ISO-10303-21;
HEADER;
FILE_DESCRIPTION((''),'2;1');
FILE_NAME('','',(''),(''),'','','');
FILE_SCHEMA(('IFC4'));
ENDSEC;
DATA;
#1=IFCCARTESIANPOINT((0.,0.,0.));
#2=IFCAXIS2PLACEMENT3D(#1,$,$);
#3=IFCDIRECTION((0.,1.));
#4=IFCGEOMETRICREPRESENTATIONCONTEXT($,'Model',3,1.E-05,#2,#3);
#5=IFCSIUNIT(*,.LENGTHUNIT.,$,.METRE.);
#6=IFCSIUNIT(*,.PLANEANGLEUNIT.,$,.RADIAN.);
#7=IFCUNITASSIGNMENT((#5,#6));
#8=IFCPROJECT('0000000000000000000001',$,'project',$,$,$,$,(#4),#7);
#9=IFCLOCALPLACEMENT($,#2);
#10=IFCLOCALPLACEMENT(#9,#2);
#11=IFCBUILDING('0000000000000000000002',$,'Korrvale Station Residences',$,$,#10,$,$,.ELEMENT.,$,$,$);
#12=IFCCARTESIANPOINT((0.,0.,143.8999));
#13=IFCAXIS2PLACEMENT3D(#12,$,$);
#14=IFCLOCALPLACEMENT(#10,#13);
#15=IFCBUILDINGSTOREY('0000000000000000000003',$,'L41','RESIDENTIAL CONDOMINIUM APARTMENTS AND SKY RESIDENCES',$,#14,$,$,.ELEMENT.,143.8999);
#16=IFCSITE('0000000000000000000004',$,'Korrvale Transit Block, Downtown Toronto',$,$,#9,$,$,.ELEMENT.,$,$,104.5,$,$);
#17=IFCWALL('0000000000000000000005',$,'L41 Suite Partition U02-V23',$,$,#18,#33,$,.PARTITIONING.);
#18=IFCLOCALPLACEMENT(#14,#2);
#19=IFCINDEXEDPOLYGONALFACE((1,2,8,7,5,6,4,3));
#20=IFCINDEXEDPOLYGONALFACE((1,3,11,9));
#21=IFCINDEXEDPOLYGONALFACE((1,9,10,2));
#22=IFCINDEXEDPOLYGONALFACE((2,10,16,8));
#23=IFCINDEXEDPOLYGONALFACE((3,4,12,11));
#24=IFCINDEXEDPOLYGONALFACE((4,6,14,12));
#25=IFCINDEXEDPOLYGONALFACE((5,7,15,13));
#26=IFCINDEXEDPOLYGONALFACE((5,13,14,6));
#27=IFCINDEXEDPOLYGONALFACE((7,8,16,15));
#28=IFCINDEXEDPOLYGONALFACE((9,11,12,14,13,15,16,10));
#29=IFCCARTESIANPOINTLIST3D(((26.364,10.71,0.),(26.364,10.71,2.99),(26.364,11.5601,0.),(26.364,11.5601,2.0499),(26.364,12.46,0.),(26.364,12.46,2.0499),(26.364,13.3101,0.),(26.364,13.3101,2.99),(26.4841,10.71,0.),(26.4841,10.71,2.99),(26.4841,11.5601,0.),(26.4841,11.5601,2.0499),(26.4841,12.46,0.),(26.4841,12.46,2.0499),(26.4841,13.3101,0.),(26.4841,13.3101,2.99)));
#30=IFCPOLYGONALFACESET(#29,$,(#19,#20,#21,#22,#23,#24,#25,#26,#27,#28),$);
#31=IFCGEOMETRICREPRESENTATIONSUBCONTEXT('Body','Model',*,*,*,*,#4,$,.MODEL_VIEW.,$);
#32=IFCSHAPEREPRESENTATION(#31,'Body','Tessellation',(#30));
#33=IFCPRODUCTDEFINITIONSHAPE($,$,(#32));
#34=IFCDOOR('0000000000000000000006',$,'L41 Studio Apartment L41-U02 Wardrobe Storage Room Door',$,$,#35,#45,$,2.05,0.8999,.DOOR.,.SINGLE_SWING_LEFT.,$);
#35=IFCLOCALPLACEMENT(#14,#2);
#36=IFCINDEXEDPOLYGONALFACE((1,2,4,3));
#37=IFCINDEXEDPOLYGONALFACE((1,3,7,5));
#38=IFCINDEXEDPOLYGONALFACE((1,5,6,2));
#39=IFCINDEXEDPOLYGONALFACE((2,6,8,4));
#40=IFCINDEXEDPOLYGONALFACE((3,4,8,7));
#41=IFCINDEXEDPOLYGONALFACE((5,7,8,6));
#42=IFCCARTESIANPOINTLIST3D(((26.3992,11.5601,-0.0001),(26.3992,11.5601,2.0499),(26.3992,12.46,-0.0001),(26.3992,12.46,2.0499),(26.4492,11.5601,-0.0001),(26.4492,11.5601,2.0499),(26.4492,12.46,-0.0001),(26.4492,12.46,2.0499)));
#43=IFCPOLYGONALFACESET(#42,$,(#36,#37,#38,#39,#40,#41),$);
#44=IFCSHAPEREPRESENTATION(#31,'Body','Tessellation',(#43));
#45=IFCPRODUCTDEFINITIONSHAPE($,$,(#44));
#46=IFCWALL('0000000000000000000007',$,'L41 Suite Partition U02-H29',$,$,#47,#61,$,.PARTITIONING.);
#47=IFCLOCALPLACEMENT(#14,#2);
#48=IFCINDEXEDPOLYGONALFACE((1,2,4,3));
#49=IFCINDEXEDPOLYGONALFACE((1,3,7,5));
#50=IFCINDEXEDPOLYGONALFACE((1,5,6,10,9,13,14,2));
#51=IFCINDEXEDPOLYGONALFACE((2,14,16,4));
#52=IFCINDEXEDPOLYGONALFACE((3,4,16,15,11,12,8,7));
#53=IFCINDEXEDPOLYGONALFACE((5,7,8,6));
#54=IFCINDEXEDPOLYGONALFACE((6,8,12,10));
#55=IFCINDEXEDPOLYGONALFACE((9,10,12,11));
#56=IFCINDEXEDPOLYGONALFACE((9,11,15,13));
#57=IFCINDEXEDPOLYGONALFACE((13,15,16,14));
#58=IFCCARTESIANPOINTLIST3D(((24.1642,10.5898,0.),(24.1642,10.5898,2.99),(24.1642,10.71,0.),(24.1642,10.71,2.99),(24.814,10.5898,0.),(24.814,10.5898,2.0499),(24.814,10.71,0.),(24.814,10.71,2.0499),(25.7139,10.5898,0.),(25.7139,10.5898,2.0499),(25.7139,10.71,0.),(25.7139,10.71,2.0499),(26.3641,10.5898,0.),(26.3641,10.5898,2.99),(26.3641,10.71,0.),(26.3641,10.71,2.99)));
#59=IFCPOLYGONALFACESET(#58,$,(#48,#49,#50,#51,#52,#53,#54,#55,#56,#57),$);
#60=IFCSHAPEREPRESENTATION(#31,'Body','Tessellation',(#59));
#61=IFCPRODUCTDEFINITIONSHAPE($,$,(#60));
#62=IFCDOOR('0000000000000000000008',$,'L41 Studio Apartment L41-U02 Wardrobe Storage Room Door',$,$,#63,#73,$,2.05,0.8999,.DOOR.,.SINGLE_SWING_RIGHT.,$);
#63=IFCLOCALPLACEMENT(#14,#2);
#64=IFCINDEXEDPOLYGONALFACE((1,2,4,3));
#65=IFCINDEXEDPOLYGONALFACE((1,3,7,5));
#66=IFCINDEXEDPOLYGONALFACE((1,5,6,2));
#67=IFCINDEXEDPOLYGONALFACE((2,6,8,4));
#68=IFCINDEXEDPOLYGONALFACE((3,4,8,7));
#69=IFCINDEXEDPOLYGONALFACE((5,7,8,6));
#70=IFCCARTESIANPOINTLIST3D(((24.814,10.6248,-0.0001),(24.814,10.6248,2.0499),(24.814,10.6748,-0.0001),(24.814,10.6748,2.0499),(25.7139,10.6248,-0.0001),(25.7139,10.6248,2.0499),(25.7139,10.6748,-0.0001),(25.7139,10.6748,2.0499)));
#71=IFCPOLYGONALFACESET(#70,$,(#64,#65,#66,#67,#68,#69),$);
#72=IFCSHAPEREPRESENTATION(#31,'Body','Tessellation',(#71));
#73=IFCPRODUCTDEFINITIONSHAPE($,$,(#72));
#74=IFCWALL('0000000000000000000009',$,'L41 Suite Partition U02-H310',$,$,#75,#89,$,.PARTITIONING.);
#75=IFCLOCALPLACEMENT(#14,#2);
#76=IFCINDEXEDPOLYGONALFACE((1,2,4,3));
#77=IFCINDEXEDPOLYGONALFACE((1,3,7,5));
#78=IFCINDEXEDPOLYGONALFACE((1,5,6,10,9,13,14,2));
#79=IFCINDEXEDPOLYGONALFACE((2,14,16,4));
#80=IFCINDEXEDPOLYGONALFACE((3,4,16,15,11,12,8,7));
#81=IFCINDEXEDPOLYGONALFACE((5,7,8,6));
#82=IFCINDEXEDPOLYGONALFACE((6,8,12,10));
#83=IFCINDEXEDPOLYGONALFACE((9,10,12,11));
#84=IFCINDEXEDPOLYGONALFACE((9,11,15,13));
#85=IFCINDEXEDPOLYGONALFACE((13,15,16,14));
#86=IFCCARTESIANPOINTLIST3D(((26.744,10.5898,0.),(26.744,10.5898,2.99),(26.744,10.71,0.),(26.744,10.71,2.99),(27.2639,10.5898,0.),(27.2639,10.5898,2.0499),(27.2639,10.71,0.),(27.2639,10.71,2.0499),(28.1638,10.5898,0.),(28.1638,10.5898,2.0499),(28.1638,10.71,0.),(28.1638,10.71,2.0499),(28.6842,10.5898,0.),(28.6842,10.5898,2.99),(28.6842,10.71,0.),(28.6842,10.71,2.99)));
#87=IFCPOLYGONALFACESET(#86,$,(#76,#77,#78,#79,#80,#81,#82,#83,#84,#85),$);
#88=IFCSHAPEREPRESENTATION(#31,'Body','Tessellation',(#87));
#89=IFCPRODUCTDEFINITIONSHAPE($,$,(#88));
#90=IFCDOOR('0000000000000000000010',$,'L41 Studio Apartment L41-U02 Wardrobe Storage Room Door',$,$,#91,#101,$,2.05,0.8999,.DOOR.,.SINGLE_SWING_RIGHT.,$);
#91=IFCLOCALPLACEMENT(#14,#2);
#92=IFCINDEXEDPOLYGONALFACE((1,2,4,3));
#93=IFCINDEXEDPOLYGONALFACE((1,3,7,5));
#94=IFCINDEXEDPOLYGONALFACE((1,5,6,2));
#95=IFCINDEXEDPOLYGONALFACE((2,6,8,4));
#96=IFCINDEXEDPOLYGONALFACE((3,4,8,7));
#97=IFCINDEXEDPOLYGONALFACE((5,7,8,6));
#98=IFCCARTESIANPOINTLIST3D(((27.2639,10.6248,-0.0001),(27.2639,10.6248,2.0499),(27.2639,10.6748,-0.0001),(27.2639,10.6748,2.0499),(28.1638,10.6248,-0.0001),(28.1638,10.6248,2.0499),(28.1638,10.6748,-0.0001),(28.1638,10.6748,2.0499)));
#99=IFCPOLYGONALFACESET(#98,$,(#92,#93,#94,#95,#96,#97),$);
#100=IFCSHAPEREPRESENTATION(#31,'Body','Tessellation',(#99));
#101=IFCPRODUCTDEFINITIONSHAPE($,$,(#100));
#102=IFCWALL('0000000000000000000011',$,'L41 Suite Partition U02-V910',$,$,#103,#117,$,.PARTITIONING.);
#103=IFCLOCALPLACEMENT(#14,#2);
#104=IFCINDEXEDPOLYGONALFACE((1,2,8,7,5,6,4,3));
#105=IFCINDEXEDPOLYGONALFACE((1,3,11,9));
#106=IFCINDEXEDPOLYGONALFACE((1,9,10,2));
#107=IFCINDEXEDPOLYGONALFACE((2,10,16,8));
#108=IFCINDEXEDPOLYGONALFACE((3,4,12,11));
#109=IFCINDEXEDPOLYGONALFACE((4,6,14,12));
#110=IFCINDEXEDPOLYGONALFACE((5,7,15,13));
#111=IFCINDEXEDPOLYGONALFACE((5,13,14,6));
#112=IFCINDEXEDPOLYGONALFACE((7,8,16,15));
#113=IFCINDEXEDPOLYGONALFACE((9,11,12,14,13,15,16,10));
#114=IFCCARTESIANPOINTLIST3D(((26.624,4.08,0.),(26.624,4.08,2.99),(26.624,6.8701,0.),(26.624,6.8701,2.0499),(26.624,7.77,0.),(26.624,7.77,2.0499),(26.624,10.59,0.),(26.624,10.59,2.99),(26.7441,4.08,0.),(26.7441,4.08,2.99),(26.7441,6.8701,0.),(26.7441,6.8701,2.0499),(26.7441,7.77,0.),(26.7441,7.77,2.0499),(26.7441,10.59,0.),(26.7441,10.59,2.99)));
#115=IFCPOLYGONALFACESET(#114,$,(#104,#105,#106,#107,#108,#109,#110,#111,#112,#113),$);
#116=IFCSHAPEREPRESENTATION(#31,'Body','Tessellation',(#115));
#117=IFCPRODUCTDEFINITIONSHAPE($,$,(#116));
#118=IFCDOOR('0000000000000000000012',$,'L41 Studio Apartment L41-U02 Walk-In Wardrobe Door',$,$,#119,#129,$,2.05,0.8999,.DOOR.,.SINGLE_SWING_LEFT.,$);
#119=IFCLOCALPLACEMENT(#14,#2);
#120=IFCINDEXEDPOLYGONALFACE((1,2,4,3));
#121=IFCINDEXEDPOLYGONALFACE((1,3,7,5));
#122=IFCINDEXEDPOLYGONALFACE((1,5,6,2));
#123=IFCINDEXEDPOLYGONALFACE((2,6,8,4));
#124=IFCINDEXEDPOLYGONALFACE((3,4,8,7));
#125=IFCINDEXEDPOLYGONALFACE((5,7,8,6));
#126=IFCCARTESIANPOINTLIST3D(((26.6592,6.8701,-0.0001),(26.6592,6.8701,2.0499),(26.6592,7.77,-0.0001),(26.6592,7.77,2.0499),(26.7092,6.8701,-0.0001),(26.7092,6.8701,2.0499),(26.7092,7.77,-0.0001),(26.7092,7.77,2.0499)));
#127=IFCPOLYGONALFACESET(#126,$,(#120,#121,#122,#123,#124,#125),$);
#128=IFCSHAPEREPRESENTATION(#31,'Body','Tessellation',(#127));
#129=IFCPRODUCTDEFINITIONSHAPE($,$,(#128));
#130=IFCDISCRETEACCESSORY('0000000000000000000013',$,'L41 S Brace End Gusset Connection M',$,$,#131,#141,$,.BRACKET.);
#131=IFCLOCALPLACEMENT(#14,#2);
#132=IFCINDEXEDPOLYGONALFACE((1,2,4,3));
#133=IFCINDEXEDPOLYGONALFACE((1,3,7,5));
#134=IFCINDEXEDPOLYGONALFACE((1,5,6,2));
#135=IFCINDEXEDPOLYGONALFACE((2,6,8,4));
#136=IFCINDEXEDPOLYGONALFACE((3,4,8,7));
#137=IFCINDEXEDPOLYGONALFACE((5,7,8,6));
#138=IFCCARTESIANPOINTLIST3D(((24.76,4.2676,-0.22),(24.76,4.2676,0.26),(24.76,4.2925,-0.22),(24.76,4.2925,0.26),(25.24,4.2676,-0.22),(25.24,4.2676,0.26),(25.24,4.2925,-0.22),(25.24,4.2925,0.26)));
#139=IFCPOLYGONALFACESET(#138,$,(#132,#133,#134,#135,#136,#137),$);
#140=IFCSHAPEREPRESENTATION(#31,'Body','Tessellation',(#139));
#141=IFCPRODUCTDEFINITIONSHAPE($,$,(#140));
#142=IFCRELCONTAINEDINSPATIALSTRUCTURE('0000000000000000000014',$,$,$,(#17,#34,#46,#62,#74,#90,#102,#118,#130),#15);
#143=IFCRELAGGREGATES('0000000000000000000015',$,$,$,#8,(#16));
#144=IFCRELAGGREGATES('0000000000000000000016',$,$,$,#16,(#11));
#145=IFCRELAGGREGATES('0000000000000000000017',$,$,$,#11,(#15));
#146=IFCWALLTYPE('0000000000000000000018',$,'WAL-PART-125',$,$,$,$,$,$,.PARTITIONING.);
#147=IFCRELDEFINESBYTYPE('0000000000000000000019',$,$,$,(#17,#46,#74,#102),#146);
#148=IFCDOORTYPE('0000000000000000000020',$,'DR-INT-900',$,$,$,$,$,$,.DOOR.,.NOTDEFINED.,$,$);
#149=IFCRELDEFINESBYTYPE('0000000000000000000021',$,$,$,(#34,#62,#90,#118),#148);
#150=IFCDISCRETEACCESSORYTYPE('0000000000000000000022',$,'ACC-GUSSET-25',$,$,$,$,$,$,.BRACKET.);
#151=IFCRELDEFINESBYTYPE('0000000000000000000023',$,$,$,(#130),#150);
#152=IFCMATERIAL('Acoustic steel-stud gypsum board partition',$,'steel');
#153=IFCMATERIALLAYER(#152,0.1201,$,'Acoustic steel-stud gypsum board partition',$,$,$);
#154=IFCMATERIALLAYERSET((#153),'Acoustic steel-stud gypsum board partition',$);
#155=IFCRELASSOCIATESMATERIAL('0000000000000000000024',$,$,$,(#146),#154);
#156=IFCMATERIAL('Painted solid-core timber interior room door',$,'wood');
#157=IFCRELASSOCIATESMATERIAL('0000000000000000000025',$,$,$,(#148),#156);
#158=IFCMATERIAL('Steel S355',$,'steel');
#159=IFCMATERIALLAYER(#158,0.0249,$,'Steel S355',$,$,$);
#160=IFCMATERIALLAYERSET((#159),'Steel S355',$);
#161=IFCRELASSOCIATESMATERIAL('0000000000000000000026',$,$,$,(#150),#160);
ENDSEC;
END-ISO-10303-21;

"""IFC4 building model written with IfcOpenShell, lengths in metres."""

from ifc_helpers import new_model, si_unit, direction, frame, frame_2d, origin, origin_2d, place, context, subcontext, project, spatial, rectangle, extrude, material, layer, layer_set, type_object, element, fill, save


model = new_model("IFC4")

# Units and contexts
model_context = context("Model", 3, precision=1e-05, world=origin(), true_north=direction((0.0, 1.0)))
body_context = subcontext(model_context, "Body", "Model", "MODEL_VIEW")
ifc_project = project(units=[si_unit("LENGTHUNIT", "METRE"), si_unit("PLANEANGLEUNIT", "RADIAN")], contexts=[model_context])

# Site, building, storey
site_placement = place(None, origin())
site = spatial("IfcSite", under=ifc_project, at=site_placement, Name="Korrvale Transit Block, Downtown Toronto", CompositionType="ELEMENT", RefElevation=104.5)
building_placement = place(site_placement, origin())
building = spatial("IfcBuilding", under=site, at=building_placement, Name="Korrvale Station Residences", CompositionType="ELEMENT")
storey_placement = place(building_placement, frame((0.0, 0.0, 143.8999)))
storey = spatial("IfcBuildingStorey", under=building, at=storey_placement, Name="L41", Description="RESIDENTIAL CONDOMINIUM APARTMENTS AND SKY RESIDENCES", CompositionType="ELEMENT", Elevation=143.8999)

# Shared definitions
ifc_material_1 = material(Name="Steel S355", Category="steel")

# Shared definitions
ifc_material_2 = material(Name="Acoustic steel-stud gypsum board partition", Category="steel")
ifc_layer_1 = layer(ifc_material_2, 0.1201, Name="Acoustic steel-stud gypsum board partition")
ifc_layer_set_1 = layer_set([ifc_layer_1], Name="Acoustic steel-stud gypsum board partition")
wall_type = type_object("IfcWallType", Name="WAL-PART-125", PredefinedType="PARTITIONING", material=ifc_layer_set_1)
ifc_material_3 = material(Name="Painted solid-core timber interior room door", Category="wood")
door_type = type_object("IfcDoorType", Name="DR-INT-900", OperationType="NOTDEFINED", PredefinedType="DOOR", material=ifc_material_3)

# Walls, openings, doors
wall_1_placement = place(storey_placement, frame((26.4241, 10.71, 0.0), z_axis=(0.0, 0.0, 1.0), x_axis=(0.0, 1.0, 0.0)))
wall_1 = element("IfcWall", 1, at=wall_1_placement, inside=storey, type_object=wall_type, Name="L41 Suite Partition U02-V23", PredefinedType="PARTITIONING", context=body_context, shape_type="SweptSolid", body=[
    extrude(rectangle(XDim=2.6001, YDim=0.1201, at=frame_2d((1.3, 0.0))), origin(), (0.0, 0.0, 1.0), 2.99),
])
opening_1_placement = place(wall_1_placement, frame((0.8501, 0.0, 0.0)))
opening_1 = element("IfcOpeningElement", 2, at=opening_1_placement, cuts=wall_1, PredefinedType="OPENING", context=body_context, shape_type="SweptSolid", body=[
    extrude(rectangle(XDim=0.8999, YDim=2.05, at=frame_2d((0.45, 1.0249))), frame((0.0, 0.0701, 0.0), z_axis=(0.0, -1.0, 0.0), x_axis=(1.0, 0.0, 0.0)), (0.0, 0.0, 1.0), 0.1401),
])
door_1_placement = place(opening_1_placement, origin())
door_1 = element("IfcDoor", 3, at=door_1_placement, inside=storey, type_object=door_type, Name="L41 Studio Apartment L41-U02 Wardrobe Storage Room Door", OperationType="SINGLE_SWING_LEFT", OverallHeight=2.05, OverallWidth=0.8999, PredefinedType="DOOR", context=body_context, shape_type="SweptSolid", body=[
    extrude(rectangle(XDim=0.8999, YDim=2.05, at=frame_2d((0.45, 1.0249))), frame((0.0, 0.0249, 0.0), z_axis=(0.0, -1.0, 0.0), x_axis=(1.0, 0.0, 0.0)), (0.0, 0.0, 1.0), 0.05),
])
fill(opening_1, door_1)
wall_2_placement = place(storey_placement, frame((24.1641, 10.6499, 0.0), z_axis=(0.0, 0.0, 1.0), x_axis=(1.0, 0.0, 0.0)))
wall_2 = element("IfcWall", 4, at=wall_2_placement, inside=storey, type_object=wall_type, Name="L41 Suite Partition U02-H29", PredefinedType="PARTITIONING", context=body_context, shape_type="SweptSolid", body=[
    extrude(rectangle(XDim=2.2, YDim=0.1201, at=frame_2d((1.1001, 0.0))), origin(), (0.0, 0.0, 1.0), 2.99),
])
opening_2_placement = place(wall_2_placement, frame((0.6499, 0.0, 0.0)))
opening_2 = element("IfcOpeningElement", 5, at=opening_2_placement, cuts=wall_2, PredefinedType="OPENING", context=body_context, shape_type="SweptSolid", body=[
    extrude(rectangle(XDim=0.8999, YDim=2.05, at=frame_2d((0.45, 1.0249))), frame((0.0, 0.0701, 0.0), z_axis=(0.0, -1.0, 0.0), x_axis=(1.0, 0.0, 0.0)), (0.0, 0.0, 1.0), 0.1401),
])
door_2_placement = place(opening_2_placement, origin())
door_2 = element("IfcDoor", 6, at=door_2_placement, inside=storey, type_object=door_type, Name="L41 Studio Apartment L41-U02 Wardrobe Storage Room Door", OperationType="SINGLE_SWING_RIGHT", OverallHeight=2.05, OverallWidth=0.8999, PredefinedType="DOOR", context=body_context, shape_type="SweptSolid", body=[
    extrude(rectangle(XDim=0.8999, YDim=2.05, at=frame_2d((0.45, 1.0249))), frame((0.0, 0.0249, 0.0), z_axis=(0.0, -1.0, 0.0), x_axis=(1.0, 0.0, 0.0)), (0.0, 0.0, 1.0), 0.05),
])
fill(opening_2, door_2)
wall_3_placement = place(storey_placement, frame((26.7439, 10.6499, 0.0), z_axis=(0.0, 0.0, 1.0), x_axis=(1.0, 0.0, 0.0)))
wall_3 = element("IfcWall", 7, at=wall_3_placement, inside=storey, type_object=wall_type, Name="L41 Suite Partition U02-H310", PredefinedType="PARTITIONING", context=body_context, shape_type="SweptSolid", body=[
    extrude(rectangle(XDim=1.9402, YDim=0.1201, at=frame_2d((0.9702, 0.0))), origin(), (0.0, 0.0, 1.0), 2.99),
])
opening_3_placement = place(wall_3_placement, frame((0.52, 0.0, 0.0)))
opening_3 = element("IfcOpeningElement", 8, at=opening_3_placement, cuts=wall_3, PredefinedType="OPENING", context=body_context, shape_type="SweptSolid", body=[
    extrude(rectangle(XDim=0.8999, YDim=2.05, at=frame_2d((0.45, 1.0249))), frame((0.0, 0.0701, 0.0), z_axis=(0.0, -1.0, 0.0), x_axis=(1.0, 0.0, 0.0)), (0.0, 0.0, 1.0), 0.1401),
])
door_3_placement = place(opening_3_placement, origin())
door_3 = element("IfcDoor", 9, at=door_3_placement, inside=storey, type_object=door_type, Name="L41 Studio Apartment L41-U02 Wardrobe Storage Room Door", OperationType="SINGLE_SWING_RIGHT", OverallHeight=2.05, OverallWidth=0.8999, PredefinedType="DOOR", context=body_context, shape_type="SweptSolid", body=[
    extrude(rectangle(XDim=0.8999, YDim=2.05, at=frame_2d((0.45, 1.0249))), frame((0.0, 0.0249, 0.0), z_axis=(0.0, -1.0, 0.0), x_axis=(1.0, 0.0, 0.0)), (0.0, 0.0, 1.0), 0.05),
])
fill(opening_3, door_3)
wall_4_placement = place(storey_placement, frame((26.6841, 4.0801, 0.0), z_axis=(0.0, 0.0, 1.0), x_axis=(0.0, 1.0, 0.0)))
wall_4 = element("IfcWall", 10, at=wall_4_placement, inside=storey, type_object=wall_type, Name="L41 Suite Partition U02-V910", PredefinedType="PARTITIONING", context=body_context, shape_type="SweptSolid", body=[
    extrude(rectangle(XDim=6.51, YDim=0.1201, at=frame_2d((3.2549, 0.0))), origin(), (0.0, 0.0, 1.0), 2.99),
])
opening_4_placement = place(wall_4_placement, frame((2.79, 0.0, 0.0)))
opening_4 = element("IfcOpeningElement", 11, at=opening_4_placement, cuts=wall_4, PredefinedType="OPENING", context=body_context, shape_type="SweptSolid", body=[
    extrude(rectangle(XDim=0.8999, YDim=2.05, at=frame_2d((0.45, 1.0249))), frame((0.0, 0.0701, 0.0), z_axis=(0.0, -1.0, 0.0), x_axis=(1.0, 0.0, 0.0)), (0.0, 0.0, 1.0), 0.1401),
])
door_4_placement = place(opening_4_placement, origin())
door_4 = element("IfcDoor", 12, at=door_4_placement, inside=storey, type_object=door_type, Name="L41 Studio Apartment L41-U02 Walk-In Wardrobe Door", OperationType="SINGLE_SWING_LEFT", OverallHeight=2.05, OverallWidth=0.8999, PredefinedType="DOOR", context=body_context, shape_type="SweptSolid", body=[
    extrude(rectangle(XDim=0.8999, YDim=2.05, at=frame_2d((0.45, 1.0249))), frame((0.0, 0.0249, 0.0), z_axis=(0.0, -1.0, 0.0), x_axis=(1.0, 0.0, 0.0)), (0.0, 0.0, 1.0), 0.05),
])
fill(opening_4, door_4)

# Discrete accessory
ifc_layer_2 = layer(ifc_material_1, 0.0249, Name="Steel S355")
ifc_layer_set_2 = layer_set([ifc_layer_2], Name="Steel S355")
discrete_accessory_type = type_object("IfcDiscreteAccessoryType", Name="ACC-GUSSET-25", PredefinedType="BRACKET", material=ifc_layer_set_2)
discrete_accessory_placement = place(storey_placement, frame((25.0, 4.28, -0.22), z_axis=(0.0, 0.0, 1.0), x_axis=(1.0, 0.0, 0.0)))
element("IfcDiscreteAccessory", 13, at=discrete_accessory_placement, inside=storey, type_object=discrete_accessory_type, Name="L41 S Brace End Gusset Connection M", PredefinedType="BRACKET", context=body_context, shape_type="SweptSolid", body=[
    extrude(rectangle(XDim=0.48, YDim=0.0249, at=origin_2d()), origin(), (0.0, 0.0, 1.0), 0.48),
])

save(model, "model.ifc")
